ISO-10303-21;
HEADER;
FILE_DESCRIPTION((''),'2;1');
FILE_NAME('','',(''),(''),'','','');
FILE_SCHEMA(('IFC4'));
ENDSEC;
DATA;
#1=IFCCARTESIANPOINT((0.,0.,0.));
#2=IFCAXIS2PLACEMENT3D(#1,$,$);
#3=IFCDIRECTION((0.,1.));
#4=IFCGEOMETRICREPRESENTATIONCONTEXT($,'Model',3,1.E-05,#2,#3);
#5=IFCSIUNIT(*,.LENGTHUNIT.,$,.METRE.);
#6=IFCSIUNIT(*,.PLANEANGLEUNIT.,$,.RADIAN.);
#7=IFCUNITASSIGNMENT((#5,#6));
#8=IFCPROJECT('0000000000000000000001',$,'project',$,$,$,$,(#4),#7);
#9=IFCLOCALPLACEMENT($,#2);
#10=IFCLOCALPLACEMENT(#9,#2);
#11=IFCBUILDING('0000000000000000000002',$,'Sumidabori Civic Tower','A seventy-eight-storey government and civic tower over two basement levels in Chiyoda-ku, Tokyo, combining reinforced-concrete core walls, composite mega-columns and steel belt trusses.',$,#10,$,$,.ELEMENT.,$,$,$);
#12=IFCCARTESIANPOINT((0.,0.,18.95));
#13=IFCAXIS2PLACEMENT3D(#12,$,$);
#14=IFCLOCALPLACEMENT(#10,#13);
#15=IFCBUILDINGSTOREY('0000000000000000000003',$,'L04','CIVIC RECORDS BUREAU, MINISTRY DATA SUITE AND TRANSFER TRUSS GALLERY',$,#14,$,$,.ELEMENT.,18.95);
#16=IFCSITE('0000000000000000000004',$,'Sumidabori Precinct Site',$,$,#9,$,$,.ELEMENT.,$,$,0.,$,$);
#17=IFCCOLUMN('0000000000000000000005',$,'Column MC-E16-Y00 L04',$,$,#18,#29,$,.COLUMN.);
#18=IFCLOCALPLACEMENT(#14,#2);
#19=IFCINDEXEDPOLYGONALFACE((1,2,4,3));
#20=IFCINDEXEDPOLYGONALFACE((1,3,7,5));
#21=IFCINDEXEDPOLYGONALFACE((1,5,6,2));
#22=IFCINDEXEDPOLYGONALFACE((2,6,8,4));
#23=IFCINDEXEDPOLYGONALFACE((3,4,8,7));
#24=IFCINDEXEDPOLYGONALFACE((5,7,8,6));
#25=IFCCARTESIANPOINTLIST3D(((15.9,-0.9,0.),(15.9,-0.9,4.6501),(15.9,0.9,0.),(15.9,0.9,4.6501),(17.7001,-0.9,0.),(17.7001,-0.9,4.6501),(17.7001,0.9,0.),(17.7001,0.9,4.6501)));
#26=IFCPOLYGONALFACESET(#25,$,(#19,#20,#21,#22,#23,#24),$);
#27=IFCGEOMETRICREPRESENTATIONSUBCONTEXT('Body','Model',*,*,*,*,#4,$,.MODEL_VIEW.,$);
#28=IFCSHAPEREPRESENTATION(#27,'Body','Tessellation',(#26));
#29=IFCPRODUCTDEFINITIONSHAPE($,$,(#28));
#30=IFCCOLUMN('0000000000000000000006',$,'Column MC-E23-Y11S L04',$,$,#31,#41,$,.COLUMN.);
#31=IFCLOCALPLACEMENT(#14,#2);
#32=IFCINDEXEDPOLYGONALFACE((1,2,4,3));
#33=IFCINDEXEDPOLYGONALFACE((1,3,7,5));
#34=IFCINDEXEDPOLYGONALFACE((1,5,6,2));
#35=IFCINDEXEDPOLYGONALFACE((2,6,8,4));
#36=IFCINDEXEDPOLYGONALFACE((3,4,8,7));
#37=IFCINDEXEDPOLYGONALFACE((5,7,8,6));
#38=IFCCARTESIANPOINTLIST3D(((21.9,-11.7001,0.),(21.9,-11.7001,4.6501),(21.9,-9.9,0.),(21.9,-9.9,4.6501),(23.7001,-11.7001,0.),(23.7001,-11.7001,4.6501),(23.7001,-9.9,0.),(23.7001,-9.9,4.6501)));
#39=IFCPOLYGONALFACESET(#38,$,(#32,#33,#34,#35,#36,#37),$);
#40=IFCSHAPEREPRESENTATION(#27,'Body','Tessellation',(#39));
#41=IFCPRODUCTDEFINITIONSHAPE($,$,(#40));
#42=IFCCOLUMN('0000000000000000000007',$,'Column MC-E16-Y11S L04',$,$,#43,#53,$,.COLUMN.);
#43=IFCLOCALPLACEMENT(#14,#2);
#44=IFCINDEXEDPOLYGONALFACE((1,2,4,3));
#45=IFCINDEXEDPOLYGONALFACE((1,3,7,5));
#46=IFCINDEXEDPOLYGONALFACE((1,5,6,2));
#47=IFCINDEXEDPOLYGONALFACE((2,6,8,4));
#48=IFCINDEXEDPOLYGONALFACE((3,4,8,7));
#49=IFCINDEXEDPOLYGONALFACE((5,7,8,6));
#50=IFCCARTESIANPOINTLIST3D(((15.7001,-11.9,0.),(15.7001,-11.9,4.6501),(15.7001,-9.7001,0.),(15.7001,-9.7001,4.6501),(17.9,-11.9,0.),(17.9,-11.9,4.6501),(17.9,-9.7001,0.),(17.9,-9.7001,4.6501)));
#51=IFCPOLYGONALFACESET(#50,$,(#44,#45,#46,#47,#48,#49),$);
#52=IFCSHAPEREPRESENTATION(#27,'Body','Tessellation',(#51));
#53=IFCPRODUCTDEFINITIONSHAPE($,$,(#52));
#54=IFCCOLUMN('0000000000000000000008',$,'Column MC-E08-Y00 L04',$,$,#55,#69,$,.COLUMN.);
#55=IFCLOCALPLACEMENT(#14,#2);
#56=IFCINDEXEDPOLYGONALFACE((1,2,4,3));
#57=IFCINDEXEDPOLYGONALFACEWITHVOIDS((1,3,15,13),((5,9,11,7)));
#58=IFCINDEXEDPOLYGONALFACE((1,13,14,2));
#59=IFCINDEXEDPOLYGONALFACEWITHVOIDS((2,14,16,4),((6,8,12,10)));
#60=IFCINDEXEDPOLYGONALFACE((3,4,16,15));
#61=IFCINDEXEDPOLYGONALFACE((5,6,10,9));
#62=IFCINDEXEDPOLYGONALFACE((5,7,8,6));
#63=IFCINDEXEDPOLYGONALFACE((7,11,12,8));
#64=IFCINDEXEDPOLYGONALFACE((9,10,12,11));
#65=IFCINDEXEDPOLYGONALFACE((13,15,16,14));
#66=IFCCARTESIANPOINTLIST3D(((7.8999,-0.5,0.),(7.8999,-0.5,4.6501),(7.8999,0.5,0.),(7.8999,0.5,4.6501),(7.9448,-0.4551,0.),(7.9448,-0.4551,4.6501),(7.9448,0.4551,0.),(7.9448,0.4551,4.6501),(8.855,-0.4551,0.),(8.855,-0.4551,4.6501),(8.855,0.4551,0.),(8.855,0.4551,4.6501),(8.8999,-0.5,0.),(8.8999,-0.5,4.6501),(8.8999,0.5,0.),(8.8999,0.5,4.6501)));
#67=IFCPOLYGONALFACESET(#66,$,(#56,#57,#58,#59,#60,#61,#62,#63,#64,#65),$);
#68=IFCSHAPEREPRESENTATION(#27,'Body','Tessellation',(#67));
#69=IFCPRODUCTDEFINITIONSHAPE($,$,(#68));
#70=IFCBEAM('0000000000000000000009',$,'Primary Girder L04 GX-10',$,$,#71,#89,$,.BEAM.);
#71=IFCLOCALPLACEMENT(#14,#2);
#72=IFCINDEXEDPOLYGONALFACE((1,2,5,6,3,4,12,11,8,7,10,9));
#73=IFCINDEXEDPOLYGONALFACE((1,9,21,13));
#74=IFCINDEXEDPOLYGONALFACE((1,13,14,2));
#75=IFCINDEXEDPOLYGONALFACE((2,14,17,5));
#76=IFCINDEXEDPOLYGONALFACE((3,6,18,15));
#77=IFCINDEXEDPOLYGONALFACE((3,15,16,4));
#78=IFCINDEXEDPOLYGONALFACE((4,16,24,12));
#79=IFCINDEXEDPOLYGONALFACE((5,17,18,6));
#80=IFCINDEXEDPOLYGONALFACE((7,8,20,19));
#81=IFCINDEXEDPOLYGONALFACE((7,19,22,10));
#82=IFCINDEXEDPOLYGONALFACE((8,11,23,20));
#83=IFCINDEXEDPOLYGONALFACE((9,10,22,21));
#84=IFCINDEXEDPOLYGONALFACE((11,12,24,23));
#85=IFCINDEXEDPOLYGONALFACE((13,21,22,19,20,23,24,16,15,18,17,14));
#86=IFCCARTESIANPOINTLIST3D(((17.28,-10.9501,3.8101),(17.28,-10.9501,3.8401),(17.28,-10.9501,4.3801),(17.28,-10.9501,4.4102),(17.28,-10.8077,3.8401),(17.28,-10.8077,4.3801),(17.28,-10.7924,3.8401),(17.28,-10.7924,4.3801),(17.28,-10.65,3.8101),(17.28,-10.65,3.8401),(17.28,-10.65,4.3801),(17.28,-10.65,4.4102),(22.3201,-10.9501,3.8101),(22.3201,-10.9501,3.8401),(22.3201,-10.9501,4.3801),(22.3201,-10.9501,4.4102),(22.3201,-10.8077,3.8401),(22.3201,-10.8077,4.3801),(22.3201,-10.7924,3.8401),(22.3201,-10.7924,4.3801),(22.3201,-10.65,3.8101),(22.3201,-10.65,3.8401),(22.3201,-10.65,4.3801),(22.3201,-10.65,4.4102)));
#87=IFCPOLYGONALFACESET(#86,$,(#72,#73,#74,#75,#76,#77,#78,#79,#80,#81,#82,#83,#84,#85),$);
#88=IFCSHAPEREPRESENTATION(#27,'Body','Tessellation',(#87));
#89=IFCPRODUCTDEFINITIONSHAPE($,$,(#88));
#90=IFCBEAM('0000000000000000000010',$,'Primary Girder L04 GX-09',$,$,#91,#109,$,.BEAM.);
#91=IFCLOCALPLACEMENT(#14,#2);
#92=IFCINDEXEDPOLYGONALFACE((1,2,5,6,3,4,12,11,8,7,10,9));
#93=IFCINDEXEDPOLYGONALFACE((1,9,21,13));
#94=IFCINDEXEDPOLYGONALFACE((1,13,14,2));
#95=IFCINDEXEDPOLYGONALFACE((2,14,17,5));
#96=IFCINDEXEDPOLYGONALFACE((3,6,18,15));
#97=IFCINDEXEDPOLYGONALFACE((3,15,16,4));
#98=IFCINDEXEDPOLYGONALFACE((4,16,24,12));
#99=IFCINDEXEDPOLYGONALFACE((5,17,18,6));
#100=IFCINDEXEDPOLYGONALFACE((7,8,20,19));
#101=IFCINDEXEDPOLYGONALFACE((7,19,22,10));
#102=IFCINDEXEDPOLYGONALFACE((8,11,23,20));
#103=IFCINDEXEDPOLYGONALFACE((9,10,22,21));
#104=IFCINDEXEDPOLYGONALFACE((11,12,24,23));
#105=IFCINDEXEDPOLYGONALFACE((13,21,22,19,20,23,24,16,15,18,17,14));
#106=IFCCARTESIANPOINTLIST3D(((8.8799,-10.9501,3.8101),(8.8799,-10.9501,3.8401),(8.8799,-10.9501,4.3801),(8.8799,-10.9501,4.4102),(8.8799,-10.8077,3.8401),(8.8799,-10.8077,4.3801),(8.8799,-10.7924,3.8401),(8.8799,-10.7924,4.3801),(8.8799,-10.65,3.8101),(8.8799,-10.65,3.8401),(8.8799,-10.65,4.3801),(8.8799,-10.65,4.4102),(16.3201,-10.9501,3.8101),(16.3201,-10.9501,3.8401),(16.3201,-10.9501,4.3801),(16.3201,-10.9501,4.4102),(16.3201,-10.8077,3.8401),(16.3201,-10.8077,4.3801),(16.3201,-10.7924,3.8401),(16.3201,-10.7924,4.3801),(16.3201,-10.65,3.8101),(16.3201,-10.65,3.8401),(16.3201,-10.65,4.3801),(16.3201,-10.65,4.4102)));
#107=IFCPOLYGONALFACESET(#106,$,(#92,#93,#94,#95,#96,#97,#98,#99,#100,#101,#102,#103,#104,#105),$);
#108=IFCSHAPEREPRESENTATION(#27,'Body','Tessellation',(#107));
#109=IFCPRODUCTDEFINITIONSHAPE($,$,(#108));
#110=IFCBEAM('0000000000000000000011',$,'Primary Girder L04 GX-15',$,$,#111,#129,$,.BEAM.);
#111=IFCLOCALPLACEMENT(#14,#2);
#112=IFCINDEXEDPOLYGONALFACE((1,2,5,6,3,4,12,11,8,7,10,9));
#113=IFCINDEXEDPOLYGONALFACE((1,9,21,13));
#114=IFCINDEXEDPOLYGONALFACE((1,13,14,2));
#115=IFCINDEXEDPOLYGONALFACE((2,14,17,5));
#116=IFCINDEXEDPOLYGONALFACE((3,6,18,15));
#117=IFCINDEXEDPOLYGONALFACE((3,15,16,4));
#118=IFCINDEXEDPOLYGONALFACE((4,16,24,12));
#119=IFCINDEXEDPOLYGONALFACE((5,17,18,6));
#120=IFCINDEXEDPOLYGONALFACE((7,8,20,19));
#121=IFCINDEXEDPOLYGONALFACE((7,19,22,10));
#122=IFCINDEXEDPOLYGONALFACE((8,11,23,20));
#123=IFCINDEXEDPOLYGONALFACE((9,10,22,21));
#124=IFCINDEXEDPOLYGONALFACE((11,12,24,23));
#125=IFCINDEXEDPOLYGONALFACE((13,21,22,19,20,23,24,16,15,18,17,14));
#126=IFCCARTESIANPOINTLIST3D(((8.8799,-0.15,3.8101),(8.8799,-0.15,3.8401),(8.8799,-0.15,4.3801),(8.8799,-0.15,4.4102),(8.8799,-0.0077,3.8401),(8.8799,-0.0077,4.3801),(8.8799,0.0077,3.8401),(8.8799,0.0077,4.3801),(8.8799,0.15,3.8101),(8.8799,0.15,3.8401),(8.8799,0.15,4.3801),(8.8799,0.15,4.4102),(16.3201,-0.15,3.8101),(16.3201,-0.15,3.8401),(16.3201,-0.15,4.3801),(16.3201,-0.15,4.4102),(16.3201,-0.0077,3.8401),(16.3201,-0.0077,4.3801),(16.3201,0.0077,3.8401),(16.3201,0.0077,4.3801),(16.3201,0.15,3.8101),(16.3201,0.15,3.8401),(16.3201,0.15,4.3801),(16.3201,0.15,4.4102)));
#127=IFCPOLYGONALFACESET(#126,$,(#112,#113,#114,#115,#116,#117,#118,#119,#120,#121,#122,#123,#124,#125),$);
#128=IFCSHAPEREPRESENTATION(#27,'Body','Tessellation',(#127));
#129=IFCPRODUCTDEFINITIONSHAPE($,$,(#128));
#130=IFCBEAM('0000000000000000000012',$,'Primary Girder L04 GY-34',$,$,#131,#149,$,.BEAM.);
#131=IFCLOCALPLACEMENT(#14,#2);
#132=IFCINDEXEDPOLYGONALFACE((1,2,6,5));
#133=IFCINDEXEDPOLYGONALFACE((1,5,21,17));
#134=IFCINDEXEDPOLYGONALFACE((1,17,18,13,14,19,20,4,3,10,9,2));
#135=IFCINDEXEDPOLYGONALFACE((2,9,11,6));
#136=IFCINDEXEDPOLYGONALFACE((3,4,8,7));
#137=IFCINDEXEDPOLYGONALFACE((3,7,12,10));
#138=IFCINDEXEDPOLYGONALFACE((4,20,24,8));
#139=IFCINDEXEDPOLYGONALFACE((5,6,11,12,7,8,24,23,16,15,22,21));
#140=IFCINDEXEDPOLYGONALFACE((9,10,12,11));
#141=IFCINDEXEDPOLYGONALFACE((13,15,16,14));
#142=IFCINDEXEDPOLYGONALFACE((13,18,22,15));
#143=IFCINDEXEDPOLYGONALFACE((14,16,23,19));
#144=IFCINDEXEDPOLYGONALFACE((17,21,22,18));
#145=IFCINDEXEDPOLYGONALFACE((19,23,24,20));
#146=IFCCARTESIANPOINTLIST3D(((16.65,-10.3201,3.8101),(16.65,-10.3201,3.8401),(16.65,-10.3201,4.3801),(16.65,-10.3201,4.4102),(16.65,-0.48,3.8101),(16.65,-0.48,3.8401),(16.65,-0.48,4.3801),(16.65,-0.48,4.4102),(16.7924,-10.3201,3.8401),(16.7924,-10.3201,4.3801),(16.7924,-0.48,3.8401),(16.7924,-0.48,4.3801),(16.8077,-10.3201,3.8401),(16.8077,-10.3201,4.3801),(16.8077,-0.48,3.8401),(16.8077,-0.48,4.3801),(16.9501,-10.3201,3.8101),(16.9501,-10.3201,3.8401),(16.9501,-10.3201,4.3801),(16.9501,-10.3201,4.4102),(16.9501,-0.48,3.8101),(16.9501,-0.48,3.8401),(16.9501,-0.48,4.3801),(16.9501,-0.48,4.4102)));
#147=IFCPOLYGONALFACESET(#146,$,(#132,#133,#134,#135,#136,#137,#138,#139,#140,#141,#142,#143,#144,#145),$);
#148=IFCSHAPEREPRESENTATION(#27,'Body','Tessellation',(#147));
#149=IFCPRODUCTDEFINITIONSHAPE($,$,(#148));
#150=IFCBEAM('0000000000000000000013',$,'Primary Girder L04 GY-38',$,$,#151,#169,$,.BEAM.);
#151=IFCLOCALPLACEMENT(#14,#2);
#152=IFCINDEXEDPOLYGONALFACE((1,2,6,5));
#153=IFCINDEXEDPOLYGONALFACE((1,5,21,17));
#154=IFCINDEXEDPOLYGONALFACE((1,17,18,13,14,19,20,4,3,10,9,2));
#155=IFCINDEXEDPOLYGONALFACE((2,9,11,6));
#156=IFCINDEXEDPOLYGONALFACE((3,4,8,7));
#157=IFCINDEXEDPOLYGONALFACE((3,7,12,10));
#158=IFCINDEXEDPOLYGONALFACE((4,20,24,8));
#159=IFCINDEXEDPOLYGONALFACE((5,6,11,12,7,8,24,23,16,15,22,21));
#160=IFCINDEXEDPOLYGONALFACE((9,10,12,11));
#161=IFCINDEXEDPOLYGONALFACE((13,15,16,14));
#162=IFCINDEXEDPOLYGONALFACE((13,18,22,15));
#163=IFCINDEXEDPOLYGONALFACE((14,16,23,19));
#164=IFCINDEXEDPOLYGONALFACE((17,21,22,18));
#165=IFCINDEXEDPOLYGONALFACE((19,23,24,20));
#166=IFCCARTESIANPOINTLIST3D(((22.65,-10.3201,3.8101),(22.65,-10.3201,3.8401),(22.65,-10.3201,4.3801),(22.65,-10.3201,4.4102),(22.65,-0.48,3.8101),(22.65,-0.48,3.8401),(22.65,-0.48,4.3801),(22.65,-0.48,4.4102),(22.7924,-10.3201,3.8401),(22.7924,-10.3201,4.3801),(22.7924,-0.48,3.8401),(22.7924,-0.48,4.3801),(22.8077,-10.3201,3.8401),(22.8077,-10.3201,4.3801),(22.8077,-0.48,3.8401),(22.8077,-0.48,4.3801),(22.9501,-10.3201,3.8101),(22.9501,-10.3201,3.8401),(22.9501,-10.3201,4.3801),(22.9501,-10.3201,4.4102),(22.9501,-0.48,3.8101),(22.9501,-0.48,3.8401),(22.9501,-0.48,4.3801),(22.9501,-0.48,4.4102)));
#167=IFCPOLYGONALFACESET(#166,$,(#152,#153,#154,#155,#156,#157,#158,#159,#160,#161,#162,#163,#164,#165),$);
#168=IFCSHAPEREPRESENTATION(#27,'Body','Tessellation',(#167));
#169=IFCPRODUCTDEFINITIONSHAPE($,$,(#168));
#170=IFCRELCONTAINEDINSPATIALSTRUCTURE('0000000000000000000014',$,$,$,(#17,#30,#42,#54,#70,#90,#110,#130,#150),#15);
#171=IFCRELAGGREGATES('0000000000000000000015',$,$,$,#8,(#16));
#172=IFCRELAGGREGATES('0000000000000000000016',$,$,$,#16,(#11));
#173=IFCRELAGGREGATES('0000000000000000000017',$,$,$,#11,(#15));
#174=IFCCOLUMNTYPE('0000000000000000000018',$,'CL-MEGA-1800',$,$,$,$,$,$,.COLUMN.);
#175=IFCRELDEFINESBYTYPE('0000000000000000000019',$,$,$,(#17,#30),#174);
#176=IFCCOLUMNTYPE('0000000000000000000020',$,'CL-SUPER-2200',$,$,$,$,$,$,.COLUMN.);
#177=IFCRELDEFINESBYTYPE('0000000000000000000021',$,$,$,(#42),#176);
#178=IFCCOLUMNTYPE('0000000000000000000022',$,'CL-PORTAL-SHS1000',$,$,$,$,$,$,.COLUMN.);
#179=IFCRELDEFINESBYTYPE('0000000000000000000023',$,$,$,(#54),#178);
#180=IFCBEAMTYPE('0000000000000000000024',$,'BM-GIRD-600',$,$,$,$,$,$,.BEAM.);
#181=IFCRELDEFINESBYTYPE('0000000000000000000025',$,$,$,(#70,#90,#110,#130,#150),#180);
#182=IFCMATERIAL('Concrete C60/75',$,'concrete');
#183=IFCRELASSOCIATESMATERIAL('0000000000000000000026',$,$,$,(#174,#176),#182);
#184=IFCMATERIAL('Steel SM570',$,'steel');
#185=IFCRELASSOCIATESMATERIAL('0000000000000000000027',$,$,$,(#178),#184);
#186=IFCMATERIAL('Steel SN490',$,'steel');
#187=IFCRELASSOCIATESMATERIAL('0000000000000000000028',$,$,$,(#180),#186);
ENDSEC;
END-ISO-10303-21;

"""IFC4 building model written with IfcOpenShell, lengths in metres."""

from ifc_helpers import new_model, si_unit, direction, frame, origin, origin_2d, place, context, subcontext, project, spatial, rectangle, hollow_rectangle, i_section, extrude, source, transform, mapped, material, material_profile, profile_set, type_object, element, save


model = new_model("IFC4")

# Units and contexts
model_context = context("Model", 3, precision=1e-05, world=origin(), true_north=direction((0.0, 1.0)))
body_context = subcontext(model_context, "Body", "Model", "MODEL_VIEW")
ifc_project = project(units=[si_unit("LENGTHUNIT", "METRE"), si_unit("PLANEANGLEUNIT", "RADIAN")], contexts=[model_context])

# Site, building, storey
site_placement = place(None, origin())
site = spatial("IfcSite", under=ifc_project, at=site_placement, Name="Sumidabori Precinct Site", CompositionType="ELEMENT", RefElevation=0.0)
building_placement = place(site_placement, origin())
building = spatial("IfcBuilding", under=site, at=building_placement, Name="Sumidabori Civic Tower", Description="A seventy-eight-storey government and civic tower over two basement levels in Chiyoda-ku, Tokyo, combining reinforced-concrete core walls, composite mega-columns and steel belt trusses.", CompositionType="ELEMENT")
storey_placement = place(building_placement, frame((0.0, 0.0, 18.95)))
storey = spatial("IfcBuildingStorey", under=building, at=storey_placement, Name="L04", Description="CIVIC RECORDS BUREAU, MINISTRY DATA SUITE AND TRANSFER TRUSS GALLERY", CompositionType="ELEMENT", Elevation=18.95)

# Columns
ifc_material_1 = material(Name="Concrete C60/75", Category="concrete")
ifc_material_profile_1 = material_profile(ifc_material_1, rectangle(XDim=1.8, YDim=1.8, at=origin_2d()), Name="RC 1800x1800")
ifc_profile_set_1 = profile_set([ifc_material_profile_1], Name="Concrete C60/75")
column_type_1 = type_object("IfcColumnType", Name="CL-MEGA-1800", PredefinedType="COLUMN", material=ifc_profile_set_1)
shared_shape_1 = source(origin(), body_context, "Body", "SweptSolid", [
    extrude(rectangle(XDim=1.8, YDim=1.8, at=origin_2d()), origin(), (0.0, 0.0, 1.0), 4.6501),
])
for number, where, z_axis, x_axis, name in (
    (1, (16.8, 0.0, 0.0), (0.0, 0.0, 1.0), (1.0, 0.0, 0.0), "Column MC-E16-Y00 L04"),
    (2, (22.8, -10.8, 0.0), (0.0, 0.0, 1.0), (1.0, 0.0, 0.0), "Column MC-E23-Y11S L04"),
):
    element("IfcColumn", number, at=place(storey_placement, frame(where, z_axis=z_axis, x_axis=x_axis)), inside=storey, type_object=column_type_1, Name=name, PredefinedType="COLUMN", context=body_context, shape_type="MappedRepresentation", body=[
        mapped(shared_shape_1, transform((0.0, 0.0, 0.0), x_axis=(1.0, 0.0, 0.0), y_axis=(0.0, 1.0, 0.0), z_axis=(0.0, 0.0, 1.0), scale=1.0)),
    ])
ifc_material_profile_2 = material_profile(ifc_material_1, rectangle(XDim=2.2, YDim=2.2, at=origin_2d()), Name="RC 2200x2200")
ifc_profile_set_2 = profile_set([ifc_material_profile_2], Name="Concrete C60/75")
column_type_2 = type_object("IfcColumnType", Name="CL-SUPER-2200", PredefinedType="COLUMN", material=ifc_profile_set_2)
shared_shape_2 = source(origin(), body_context, "Body", "SweptSolid", [
    extrude(rectangle(XDim=2.2, YDim=2.2, at=origin_2d()), origin(), (0.0, 0.0, 1.0), 4.6501),
])
column_1_placement = place(storey_placement, frame((16.8, -10.8, 0.0), z_axis=(0.0, 0.0, 1.0), x_axis=(1.0, 0.0, 0.0)))
element("IfcColumn", 3, at=column_1_placement, inside=storey, type_object=column_type_2, Name="Column MC-E16-Y11S L04", PredefinedType="COLUMN", context=body_context, shape_type="MappedRepresentation", body=[
    mapped(shared_shape_2, transform((0.0, 0.0, 0.0), x_axis=(1.0, 0.0, 0.0), y_axis=(0.0, 1.0, 0.0), z_axis=(0.0, 0.0, 1.0), scale=1.0)),
])
ifc_material_2 = material(Name="Steel SM570", Category="steel")
ifc_material_profile_3 = material_profile(ifc_material_2, hollow_rectangle(XDim=1.0, YDim=1.0, WallThickness=0.0449, at=origin_2d()), Name="SHS 1000x1000x45")
ifc_profile_set_3 = profile_set([ifc_material_profile_3], Name="Steel SM570")
column_type_3 = type_object("IfcColumnType", Name="CL-PORTAL-SHS1000", PredefinedType="COLUMN", material=ifc_profile_set_3)
shared_shape_3 = source(origin(), body_context, "Body", "SweptSolid", [
    extrude(hollow_rectangle(XDim=1.0, YDim=1.0, WallThickness=0.0449, at=origin_2d()), origin(), (0.0, 0.0, 1.0), 4.6501),
])
column_2_placement = place(storey_placement, frame((8.3999, 0.0, 0.0), z_axis=(0.0, 0.0, 1.0), x_axis=(1.0, 0.0, 0.0)))
element("IfcColumn", 4, at=column_2_placement, inside=storey, type_object=column_type_3, Name="Column MC-E08-Y00 L04", PredefinedType="COLUMN", context=body_context, shape_type="MappedRepresentation", body=[
    mapped(shared_shape_3, transform((0.0, 0.0, 0.0), x_axis=(1.0, 0.0, 0.0), y_axis=(0.0, 1.0, 0.0), z_axis=(0.0, 0.0, 1.0), scale=1.0)),
])

# Beams
ifc_material_3 = material(Name="Steel SN490", Category="steel")
ifc_material_profile_4 = material_profile(ifc_material_3, i_section(OverallWidth=0.3, OverallDepth=0.6001, WebThickness=0.0154, FlangeThickness=0.03, at=origin_2d()), Name="HE 600 B")
ifc_profile_set_4 = profile_set([ifc_material_profile_4], Name="Steel SN490")
beam_type_1 = type_object("IfcBeamType", Name="BM-GIRD-600", PredefinedType="BEAM", material=ifc_profile_set_4)
shared_shape_4 = source(origin(), body_context, "Body", "SweptSolid", [
    extrude(i_section(OverallWidth=0.3, OverallDepth=0.6001, WebThickness=0.0154, FlangeThickness=0.03, at=origin_2d()), origin(), (0.0, 0.0, 1.0), 5.04),
])
beam_1_placement = place(storey_placement, frame((17.28, -10.8, 4.1101), z_axis=(1.0, 0.0, 0.0), x_axis=(0.0, 1.0, 0.0)))
element("IfcBeam", 5, at=beam_1_placement, inside=storey, type_object=beam_type_1, Name="Primary Girder L04 GX-10", PredefinedType="BEAM", context=body_context, shape_type="MappedRepresentation", body=[
    mapped(shared_shape_4, transform((0.0, 0.0, 0.0), x_axis=(1.0, 0.0, 0.0), y_axis=(0.0, 1.0, 0.0), z_axis=(0.0, 0.0, 1.0), scale=1.0)),
])
shared_shape_5 = source(origin(), body_context, "Body", "SweptSolid", [
    extrude(i_section(OverallWidth=0.3, OverallDepth=0.6001, WebThickness=0.0154, FlangeThickness=0.03, at=origin_2d()), origin(), (0.0, 0.0, 1.0), 7.4402),
])
for number, where, z_axis, x_axis, name in (
    (6, (8.8799, -10.8, 4.1101), (1.0, 0.0, 0.0), (0.0, 1.0, 0.0), "Primary Girder L04 GX-09"),
    (7, (8.8799, 0.0, 4.1101), (1.0, 0.0, 0.0), (0.0, 1.0, 0.0), "Primary Girder L04 GX-15"),
):
    element("IfcBeam", number, at=place(storey_placement, frame(where, z_axis=z_axis, x_axis=x_axis)), inside=storey, type_object=beam_type_1, Name=name, PredefinedType="BEAM", context=body_context, shape_type="MappedRepresentation", body=[
        mapped(shared_shape_5, transform((0.0, 0.0, 0.0), x_axis=(1.0, 0.0, 0.0), y_axis=(0.0, 1.0, 0.0), z_axis=(0.0, 0.0, 1.0), scale=1.0)),
    ])
shared_shape_6 = source(origin(), body_context, "Body", "SweptSolid", [
    extrude(i_section(OverallWidth=0.3, OverallDepth=0.6001, WebThickness=0.0154, FlangeThickness=0.03, at=origin_2d()), origin(), (0.0, 0.0, 1.0), 9.8401),
])
for number, where, z_axis, x_axis, name in (
    (8, (16.8, -10.3201, 4.1101), (0.0, 1.0, 0.0), (-1.0, 0.0, 0.0), "Primary Girder L04 GY-34"),
    (9, (22.8, -10.3201, 4.1101), (0.0, 1.0, 0.0), (-1.0, 0.0, 0.0), "Primary Girder L04 GY-38"),
):
    element("IfcBeam", number, at=place(storey_placement, frame(where, z_axis=z_axis, x_axis=x_axis)), inside=storey, type_object=beam_type_1, Name=name, PredefinedType="BEAM", context=body_context, shape_type="MappedRepresentation", body=[
        mapped(shared_shape_6, transform((0.0, 0.0, 0.0), x_axis=(1.0, 0.0, 0.0), y_axis=(0.0, 1.0, 0.0), z_axis=(0.0, 0.0, 1.0), scale=1.0)),
    ])

save(model, "model.ifc")
